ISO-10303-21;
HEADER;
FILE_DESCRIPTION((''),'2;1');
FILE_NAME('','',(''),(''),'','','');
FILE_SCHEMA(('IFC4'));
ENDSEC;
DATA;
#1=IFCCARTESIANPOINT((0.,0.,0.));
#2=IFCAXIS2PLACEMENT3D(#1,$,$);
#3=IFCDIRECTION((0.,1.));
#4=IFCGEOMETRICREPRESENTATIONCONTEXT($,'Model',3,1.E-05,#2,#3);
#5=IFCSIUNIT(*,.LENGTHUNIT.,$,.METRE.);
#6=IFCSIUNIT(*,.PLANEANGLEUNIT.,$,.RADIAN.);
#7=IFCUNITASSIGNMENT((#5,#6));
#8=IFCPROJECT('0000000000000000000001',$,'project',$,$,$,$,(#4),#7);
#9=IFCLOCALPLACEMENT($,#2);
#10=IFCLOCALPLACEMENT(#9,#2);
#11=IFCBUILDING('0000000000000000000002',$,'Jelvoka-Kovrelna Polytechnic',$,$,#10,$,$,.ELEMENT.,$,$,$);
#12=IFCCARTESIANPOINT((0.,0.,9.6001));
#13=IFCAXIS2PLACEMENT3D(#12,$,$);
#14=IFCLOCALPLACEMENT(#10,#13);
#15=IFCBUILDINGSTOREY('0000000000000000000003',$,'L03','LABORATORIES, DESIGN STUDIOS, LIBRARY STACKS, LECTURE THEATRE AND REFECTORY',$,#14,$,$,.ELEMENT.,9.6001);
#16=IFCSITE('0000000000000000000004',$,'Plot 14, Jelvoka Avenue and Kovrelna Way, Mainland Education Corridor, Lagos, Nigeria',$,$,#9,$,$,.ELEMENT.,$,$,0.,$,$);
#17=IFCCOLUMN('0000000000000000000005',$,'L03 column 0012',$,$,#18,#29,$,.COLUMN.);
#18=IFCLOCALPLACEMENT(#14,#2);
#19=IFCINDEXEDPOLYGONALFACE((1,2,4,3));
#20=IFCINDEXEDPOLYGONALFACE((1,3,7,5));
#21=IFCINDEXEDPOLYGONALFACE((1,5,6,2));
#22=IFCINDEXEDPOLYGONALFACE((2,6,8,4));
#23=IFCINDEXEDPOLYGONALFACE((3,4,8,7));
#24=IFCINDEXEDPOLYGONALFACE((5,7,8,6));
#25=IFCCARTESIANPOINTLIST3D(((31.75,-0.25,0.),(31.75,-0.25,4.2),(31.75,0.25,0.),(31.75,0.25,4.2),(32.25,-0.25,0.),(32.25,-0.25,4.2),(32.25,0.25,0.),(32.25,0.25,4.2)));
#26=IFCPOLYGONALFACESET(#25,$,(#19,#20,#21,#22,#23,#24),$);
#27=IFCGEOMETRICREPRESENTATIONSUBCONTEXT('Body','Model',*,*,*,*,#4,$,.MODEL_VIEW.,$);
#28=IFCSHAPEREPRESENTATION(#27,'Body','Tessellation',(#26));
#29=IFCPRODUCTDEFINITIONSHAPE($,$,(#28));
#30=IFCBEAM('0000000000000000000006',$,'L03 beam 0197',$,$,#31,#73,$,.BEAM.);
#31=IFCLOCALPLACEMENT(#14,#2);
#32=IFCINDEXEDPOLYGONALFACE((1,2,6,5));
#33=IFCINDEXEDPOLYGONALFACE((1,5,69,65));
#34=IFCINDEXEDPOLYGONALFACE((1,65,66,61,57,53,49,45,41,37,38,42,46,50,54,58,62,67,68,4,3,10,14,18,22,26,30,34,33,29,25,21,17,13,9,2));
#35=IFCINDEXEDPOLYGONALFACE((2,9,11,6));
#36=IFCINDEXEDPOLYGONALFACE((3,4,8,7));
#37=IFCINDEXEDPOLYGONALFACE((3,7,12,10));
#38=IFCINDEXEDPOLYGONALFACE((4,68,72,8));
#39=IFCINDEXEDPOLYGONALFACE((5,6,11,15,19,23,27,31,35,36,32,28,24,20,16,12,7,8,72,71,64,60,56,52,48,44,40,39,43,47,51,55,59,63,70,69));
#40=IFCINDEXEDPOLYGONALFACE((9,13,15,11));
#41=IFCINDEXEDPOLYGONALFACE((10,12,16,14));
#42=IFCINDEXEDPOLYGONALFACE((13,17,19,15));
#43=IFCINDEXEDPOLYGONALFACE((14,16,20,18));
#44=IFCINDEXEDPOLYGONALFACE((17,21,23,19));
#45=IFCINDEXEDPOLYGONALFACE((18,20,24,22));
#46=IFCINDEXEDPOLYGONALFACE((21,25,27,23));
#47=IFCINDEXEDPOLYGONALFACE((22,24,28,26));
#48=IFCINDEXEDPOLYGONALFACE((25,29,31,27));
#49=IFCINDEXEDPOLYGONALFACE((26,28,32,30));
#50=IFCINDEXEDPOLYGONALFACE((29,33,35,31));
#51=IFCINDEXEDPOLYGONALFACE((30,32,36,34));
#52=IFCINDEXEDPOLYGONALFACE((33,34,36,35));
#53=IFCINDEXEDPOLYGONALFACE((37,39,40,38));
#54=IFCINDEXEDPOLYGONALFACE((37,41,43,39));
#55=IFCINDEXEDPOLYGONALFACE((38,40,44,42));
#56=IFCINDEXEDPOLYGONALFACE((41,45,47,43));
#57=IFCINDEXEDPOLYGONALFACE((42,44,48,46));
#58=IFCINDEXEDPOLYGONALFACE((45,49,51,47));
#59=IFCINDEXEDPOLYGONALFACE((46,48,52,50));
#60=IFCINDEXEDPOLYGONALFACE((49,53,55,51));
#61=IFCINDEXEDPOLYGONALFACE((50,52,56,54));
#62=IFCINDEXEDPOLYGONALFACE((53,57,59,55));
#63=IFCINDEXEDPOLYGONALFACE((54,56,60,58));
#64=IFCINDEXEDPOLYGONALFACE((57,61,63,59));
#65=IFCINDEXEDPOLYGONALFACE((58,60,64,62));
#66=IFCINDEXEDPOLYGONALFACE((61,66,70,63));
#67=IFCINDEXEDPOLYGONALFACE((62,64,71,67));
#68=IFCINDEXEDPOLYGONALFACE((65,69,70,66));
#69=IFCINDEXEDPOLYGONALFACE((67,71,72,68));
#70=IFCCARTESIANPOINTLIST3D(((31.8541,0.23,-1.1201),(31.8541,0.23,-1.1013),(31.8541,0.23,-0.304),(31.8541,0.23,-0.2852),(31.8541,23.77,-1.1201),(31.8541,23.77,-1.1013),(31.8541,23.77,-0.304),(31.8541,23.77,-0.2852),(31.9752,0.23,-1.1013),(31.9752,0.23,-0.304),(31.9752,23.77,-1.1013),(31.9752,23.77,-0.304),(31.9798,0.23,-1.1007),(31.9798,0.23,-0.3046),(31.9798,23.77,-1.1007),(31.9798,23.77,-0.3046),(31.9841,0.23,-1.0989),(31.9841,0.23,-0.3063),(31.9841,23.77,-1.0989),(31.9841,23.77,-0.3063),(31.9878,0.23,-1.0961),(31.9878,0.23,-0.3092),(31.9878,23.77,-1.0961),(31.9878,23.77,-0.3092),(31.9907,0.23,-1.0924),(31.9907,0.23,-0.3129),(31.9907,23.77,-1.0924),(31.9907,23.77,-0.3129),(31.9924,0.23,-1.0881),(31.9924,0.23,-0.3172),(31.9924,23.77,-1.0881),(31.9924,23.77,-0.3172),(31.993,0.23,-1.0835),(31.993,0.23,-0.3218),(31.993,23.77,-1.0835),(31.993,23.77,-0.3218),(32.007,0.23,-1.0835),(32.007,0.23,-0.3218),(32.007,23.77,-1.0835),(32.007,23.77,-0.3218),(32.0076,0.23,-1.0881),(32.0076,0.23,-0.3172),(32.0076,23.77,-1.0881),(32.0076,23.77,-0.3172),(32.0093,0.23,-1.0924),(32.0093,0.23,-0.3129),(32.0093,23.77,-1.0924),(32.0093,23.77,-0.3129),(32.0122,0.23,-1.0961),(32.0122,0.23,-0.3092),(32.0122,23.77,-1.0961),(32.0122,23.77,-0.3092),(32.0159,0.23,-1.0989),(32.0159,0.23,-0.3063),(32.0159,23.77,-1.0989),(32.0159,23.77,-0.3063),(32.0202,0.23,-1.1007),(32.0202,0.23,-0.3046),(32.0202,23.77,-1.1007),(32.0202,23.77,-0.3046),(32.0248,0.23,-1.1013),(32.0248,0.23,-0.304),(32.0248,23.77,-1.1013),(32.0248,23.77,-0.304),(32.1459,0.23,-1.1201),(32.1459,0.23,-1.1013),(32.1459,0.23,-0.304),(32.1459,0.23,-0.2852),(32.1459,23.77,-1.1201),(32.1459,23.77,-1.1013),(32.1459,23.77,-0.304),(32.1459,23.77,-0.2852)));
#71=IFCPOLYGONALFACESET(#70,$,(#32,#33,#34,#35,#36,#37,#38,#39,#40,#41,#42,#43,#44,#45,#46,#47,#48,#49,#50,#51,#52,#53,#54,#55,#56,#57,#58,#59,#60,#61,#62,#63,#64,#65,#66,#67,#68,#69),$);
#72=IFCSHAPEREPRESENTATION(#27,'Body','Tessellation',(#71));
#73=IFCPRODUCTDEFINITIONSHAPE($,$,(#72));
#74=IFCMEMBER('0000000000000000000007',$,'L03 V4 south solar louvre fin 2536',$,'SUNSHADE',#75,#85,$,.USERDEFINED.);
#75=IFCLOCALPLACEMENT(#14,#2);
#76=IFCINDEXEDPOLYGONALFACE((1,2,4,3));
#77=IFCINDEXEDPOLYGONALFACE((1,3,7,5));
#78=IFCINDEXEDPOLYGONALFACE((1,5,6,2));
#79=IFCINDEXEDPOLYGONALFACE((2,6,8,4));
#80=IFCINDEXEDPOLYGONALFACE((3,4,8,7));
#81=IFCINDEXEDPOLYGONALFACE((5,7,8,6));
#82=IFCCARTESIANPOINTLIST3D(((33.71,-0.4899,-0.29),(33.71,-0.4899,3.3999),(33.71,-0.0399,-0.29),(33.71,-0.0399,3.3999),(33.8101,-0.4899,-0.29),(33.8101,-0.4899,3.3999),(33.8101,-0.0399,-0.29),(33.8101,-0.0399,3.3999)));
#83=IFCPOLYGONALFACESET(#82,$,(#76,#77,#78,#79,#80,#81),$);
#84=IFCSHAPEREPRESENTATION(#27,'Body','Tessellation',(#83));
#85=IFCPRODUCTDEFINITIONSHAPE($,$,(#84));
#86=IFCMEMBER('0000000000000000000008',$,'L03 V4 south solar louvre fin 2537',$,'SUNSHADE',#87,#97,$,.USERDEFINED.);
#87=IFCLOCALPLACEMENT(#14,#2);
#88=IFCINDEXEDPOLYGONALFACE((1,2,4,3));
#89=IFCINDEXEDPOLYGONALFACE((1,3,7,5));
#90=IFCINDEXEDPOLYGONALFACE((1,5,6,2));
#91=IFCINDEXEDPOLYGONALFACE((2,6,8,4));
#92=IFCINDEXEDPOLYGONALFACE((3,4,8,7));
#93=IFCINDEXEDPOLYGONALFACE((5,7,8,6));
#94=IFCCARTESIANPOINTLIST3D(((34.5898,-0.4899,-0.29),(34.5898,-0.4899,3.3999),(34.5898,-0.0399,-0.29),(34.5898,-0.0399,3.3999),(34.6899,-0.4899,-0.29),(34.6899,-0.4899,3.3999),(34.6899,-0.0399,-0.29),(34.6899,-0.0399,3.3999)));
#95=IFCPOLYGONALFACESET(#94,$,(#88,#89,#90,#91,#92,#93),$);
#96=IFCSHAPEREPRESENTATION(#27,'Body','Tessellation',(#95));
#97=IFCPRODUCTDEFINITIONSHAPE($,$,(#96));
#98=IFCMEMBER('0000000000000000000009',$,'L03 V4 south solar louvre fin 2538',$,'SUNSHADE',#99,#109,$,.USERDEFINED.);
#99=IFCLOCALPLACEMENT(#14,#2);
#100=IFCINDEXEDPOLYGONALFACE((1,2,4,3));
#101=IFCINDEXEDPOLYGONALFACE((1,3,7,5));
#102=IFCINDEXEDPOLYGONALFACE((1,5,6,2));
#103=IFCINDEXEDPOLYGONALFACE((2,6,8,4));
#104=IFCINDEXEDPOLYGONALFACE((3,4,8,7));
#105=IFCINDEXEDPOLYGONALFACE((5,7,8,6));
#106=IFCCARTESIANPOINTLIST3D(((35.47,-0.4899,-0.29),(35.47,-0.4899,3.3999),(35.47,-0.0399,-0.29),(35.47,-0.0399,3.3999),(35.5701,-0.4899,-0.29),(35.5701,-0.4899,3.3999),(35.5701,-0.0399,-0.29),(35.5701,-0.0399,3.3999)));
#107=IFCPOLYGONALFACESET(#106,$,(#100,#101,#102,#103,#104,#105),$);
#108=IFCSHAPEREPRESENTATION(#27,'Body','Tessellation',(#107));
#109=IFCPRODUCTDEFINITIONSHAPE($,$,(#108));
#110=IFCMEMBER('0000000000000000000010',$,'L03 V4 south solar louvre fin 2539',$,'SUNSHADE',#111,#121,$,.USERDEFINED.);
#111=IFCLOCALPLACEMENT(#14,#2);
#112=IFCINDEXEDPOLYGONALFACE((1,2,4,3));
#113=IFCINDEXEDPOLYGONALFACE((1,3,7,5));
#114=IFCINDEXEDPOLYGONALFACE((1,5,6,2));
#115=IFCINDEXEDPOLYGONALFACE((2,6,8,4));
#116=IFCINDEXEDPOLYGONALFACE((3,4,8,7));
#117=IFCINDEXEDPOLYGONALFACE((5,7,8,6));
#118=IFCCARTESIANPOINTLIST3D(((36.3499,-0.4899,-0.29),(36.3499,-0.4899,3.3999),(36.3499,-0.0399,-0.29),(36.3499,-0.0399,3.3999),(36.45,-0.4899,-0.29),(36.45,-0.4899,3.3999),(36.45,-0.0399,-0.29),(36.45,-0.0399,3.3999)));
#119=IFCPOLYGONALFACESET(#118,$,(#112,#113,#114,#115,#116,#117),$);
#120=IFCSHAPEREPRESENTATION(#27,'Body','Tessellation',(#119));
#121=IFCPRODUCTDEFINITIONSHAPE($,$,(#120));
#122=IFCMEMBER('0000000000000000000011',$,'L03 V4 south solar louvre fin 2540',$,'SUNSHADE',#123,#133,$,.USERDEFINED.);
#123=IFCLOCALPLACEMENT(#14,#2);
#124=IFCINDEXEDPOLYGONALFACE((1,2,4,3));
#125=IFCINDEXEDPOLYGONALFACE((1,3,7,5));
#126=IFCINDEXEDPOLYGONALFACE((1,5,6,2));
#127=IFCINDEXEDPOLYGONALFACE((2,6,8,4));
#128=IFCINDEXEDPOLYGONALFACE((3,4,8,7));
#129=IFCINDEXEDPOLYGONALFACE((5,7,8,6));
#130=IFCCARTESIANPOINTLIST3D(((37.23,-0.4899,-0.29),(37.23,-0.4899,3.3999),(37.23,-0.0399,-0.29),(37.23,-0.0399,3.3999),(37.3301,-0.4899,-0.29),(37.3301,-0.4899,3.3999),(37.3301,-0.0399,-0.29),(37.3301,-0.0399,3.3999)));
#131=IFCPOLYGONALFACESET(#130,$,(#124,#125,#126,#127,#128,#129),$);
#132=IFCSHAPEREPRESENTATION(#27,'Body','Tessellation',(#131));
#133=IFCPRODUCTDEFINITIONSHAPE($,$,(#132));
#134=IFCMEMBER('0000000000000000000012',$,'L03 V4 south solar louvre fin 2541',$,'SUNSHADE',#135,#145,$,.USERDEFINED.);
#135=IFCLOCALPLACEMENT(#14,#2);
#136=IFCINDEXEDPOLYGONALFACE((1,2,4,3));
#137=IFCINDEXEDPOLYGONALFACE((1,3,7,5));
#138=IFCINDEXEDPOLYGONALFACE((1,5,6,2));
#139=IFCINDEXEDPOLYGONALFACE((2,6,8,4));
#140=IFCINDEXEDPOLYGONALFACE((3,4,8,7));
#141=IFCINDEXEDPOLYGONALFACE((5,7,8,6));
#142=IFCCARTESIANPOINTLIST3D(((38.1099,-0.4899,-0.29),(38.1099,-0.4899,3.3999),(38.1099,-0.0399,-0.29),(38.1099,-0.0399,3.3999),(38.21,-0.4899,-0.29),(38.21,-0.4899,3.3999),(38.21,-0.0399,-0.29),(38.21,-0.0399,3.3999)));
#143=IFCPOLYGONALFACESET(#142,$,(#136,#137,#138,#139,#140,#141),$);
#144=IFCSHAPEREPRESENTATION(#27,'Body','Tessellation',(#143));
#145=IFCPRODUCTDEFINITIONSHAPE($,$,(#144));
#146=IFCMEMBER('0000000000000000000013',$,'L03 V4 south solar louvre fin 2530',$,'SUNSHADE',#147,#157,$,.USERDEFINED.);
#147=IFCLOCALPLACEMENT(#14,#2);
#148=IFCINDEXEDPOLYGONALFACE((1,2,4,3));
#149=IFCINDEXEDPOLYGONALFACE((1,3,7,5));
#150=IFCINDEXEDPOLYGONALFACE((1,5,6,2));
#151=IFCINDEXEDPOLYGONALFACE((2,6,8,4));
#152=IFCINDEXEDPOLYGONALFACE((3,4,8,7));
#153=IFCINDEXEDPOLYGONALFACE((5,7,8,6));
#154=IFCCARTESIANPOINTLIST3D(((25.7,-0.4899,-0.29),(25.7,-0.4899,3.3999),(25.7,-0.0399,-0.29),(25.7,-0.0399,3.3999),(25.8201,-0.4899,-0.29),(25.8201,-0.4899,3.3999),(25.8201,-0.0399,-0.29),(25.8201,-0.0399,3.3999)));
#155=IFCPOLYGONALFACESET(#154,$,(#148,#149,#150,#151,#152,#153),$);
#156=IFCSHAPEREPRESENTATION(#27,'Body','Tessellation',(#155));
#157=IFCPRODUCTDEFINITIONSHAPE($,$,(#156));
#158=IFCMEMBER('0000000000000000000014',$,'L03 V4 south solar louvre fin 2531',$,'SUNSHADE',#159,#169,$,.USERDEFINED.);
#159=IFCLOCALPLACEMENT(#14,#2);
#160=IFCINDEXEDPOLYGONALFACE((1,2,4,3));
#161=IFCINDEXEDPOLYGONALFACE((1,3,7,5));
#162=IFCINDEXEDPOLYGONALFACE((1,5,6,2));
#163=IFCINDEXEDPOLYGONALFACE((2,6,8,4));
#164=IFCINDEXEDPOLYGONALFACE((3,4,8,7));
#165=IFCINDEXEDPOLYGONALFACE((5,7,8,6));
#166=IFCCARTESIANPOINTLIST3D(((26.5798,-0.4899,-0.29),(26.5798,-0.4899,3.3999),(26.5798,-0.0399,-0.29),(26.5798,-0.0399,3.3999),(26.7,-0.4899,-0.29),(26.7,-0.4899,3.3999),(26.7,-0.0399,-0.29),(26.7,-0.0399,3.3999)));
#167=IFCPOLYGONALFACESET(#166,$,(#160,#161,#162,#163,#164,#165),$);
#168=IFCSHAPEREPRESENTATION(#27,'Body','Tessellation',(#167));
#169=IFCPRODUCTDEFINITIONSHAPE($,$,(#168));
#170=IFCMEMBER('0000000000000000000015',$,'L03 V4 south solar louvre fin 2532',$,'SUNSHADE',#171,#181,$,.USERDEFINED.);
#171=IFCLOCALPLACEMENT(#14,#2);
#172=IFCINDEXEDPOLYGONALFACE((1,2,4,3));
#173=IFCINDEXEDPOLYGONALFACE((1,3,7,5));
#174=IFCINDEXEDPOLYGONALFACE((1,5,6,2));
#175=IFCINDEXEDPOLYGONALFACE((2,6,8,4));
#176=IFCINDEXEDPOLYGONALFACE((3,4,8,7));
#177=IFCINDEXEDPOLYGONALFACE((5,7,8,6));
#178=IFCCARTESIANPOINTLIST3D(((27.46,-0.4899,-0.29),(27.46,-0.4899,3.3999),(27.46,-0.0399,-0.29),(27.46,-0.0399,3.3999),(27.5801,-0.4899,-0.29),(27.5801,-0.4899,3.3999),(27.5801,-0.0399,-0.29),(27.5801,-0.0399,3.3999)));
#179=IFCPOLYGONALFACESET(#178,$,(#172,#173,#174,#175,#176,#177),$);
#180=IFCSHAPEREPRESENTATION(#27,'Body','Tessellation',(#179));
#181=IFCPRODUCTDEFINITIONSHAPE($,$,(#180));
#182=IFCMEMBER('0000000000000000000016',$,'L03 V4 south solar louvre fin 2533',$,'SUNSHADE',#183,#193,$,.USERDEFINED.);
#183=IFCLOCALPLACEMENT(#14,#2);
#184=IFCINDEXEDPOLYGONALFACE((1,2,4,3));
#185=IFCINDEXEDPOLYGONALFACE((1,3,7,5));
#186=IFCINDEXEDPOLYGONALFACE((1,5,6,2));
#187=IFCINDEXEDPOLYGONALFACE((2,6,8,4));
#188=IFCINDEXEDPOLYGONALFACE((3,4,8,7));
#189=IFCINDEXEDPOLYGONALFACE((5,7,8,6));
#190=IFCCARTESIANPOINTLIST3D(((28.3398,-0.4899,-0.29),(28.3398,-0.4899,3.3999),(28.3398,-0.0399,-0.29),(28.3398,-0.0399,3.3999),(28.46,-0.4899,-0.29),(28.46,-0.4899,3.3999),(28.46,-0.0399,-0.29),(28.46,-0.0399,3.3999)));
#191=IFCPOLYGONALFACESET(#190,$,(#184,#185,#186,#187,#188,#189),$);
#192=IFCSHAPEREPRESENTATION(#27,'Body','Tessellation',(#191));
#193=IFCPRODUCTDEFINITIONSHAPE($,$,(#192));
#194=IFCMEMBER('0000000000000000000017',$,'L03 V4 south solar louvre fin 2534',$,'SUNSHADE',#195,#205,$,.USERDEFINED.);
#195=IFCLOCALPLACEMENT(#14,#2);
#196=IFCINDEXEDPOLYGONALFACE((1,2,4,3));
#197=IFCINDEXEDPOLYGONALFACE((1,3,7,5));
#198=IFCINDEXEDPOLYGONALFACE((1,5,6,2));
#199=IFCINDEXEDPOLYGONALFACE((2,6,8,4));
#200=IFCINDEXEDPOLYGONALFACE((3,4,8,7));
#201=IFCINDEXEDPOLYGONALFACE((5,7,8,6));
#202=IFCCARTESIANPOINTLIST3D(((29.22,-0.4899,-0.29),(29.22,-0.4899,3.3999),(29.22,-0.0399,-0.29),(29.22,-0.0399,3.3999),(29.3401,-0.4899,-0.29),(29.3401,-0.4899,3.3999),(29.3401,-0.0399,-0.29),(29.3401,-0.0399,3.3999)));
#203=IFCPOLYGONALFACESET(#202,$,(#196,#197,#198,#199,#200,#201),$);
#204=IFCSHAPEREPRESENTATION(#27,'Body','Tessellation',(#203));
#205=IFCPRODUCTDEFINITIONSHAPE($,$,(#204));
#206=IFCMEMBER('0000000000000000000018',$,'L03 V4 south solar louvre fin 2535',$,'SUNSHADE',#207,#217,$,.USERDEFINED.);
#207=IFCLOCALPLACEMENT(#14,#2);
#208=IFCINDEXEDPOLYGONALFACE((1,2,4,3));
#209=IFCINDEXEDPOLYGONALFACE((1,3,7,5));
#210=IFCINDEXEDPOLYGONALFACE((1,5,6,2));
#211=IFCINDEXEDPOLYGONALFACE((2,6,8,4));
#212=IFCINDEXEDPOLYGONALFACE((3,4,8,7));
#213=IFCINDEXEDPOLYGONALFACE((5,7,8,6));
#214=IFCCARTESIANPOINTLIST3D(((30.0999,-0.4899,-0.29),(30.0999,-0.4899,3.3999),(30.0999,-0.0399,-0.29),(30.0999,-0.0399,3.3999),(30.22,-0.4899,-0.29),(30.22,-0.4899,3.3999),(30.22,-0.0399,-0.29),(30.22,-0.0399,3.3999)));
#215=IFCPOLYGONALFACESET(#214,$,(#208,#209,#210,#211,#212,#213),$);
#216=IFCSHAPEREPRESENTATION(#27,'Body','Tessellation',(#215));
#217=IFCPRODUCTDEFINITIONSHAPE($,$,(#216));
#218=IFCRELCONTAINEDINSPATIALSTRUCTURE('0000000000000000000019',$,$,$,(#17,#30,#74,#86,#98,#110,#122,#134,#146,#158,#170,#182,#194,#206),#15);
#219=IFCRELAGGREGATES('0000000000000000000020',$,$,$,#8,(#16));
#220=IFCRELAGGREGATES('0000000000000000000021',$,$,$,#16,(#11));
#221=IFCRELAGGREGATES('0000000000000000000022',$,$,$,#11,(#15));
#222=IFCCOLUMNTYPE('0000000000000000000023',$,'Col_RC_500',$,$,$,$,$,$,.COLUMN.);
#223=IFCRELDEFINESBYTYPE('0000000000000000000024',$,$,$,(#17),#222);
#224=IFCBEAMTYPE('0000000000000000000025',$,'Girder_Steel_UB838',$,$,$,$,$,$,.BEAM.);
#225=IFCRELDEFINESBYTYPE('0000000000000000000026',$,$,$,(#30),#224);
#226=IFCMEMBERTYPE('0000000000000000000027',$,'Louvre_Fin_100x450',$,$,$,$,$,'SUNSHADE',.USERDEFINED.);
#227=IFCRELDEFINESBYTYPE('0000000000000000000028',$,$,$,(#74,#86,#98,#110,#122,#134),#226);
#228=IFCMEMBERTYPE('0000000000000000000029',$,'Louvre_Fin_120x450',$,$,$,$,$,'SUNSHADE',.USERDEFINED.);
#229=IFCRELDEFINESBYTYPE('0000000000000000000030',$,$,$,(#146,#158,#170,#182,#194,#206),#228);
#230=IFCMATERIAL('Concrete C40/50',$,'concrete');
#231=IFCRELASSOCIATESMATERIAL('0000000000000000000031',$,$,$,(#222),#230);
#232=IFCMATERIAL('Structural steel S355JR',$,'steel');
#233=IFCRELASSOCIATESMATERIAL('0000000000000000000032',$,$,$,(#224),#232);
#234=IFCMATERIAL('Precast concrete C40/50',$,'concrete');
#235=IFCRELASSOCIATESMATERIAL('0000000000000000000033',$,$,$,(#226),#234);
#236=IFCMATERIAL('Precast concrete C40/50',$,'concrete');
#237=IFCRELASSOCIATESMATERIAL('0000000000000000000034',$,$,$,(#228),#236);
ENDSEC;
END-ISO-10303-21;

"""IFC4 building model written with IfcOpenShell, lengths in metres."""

from ifc_helpers import new_model, si_unit, direction, frame, origin, origin_2d, place, context, subcontext, project, spatial, rectangle, i_section, extrude, material, material_profile, profile_set, type_object, element, save


model = new_model("IFC4")

# Units and contexts
model_context = context("Model", 3, precision=1e-05, world=origin(), true_north=direction((0.0, 1.0)))
body_context = subcontext(model_context, "Body", "Model", "MODEL_VIEW")
ifc_project = project(units=[si_unit("LENGTHUNIT", "METRE"), si_unit("PLANEANGLEUNIT", "RADIAN")], contexts=[model_context])

# Site, building, storey
site_placement = place(None, origin())
site = spatial("IfcSite", under=ifc_project, at=site_placement, Name="Plot 14, Jelvoka Avenue and Kovrelna Way, Mainland Education Corridor, Lagos, Nigeria", CompositionType="ELEMENT", RefElevation=0.0)
building_placement = place(site_placement, origin())
building = spatial("IfcBuilding", under=site, at=building_placement, Name="Jelvoka-Kovrelna Polytechnic", CompositionType="ELEMENT")
storey_placement = place(building_placement, frame((0.0, 0.0, 9.6001)))
storey = spatial("IfcBuildingStorey", under=building, at=storey_placement, Name="L03", Description="LABORATORIES, DESIGN STUDIOS, LIBRARY STACKS, LECTURE THEATRE AND REFECTORY", CompositionType="ELEMENT", Elevation=9.6001)

# Column
ifc_material_1 = material(Name="Concrete C40/50", Category="concrete")
ifc_material_profile_1 = material_profile(ifc_material_1, rectangle(XDim=0.5, YDim=0.5, at=origin_2d()), Name="RC 500x500")
ifc_profile_set_1 = profile_set([ifc_material_profile_1], Name="Concrete C40/50")
column_type = type_object("IfcColumnType", Name="Col_RC_500", PredefinedType="COLUMN", material=ifc_profile_set_1)
column_placement = place(storey_placement, frame((32.0, 0.0, 0.0), z_axis=(0.0, 0.0, 1.0), x_axis=(0.0, 1.0, 0.0)))
element("IfcColumn", 1, at=column_placement, inside=storey, type_object=column_type, Name="L03 column 0012", PredefinedType="COLUMN", context=body_context, shape_type="SweptSolid", body=[
    extrude(rectangle(XDim=0.5, YDim=0.5, at=origin_2d()), origin(), (0.0, 0.0, 1.0), 4.2),
])

# Beam
ifc_material_2 = material(Name="Structural steel S355JR", Category="steel")
ifc_material_profile_2 = material_profile(ifc_material_2, i_section(OverallWidth=0.2917, OverallDepth=0.835, WebThickness=0.0139, FlangeThickness=0.0188, FilletRadius=0.0178, at=origin_2d()), Name="838x292x176 UB")
ifc_profile_set_2 = profile_set([ifc_material_profile_2], Name="Structural steel S355JR")
beam_type_1 = type_object("IfcBeamType", Name="Girder_Steel_UB838", PredefinedType="BEAM", material=ifc_profile_set_2)
beam_1_placement = place(storey_placement, frame((32.0, 0.23, -0.7026), z_axis=(0.0, 1.0, 0.0), x_axis=(-1.0, 0.0, 0.0)))
element("IfcBeam", 2, at=beam_1_placement, inside=storey, type_object=beam_type_1, Name="L03 beam 0197", PredefinedType="BEAM", context=body_context, shape_type="SweptSolid", body=[
    extrude(i_section(OverallWidth=0.2917, OverallDepth=0.835, WebThickness=0.0139, FlangeThickness=0.0188, FilletRadius=0.0178, at=origin_2d()), origin(), (0.0, 0.0, 1.0), 23.54),
])

# Members
ifc_material_3 = material(Name="Precast concrete C40/50", Category="concrete")
ifc_material_profile_3 = material_profile(ifc_material_3, rectangle(XDim=0.1001, YDim=0.45, at=origin_2d()), Name="PC 100x450")
ifc_profile_set_3 = profile_set([ifc_material_profile_3], Name="Precast concrete C40/50")
member_type_1 = type_object("IfcMemberType", Name="Louvre_Fin_100x450", ElementType="SUNSHADE", PredefinedType="USERDEFINED", material=ifc_profile_set_3)
for number, where, z_axis, x_axis, name in (
    (3, (33.76, -0.2649, -0.29), (0.0, 0.0, 1.0), (1.0, 0.0, 0.0), "L03 V4 south solar louvre fin 2536"),
    (4, (34.6399, -0.2649, -0.29), (0.0, 0.0, 1.0), (1.0, 0.0, 0.0), "L03 V4 south solar louvre fin 2537"),
    (5, (35.52, -0.2649, -0.29), (0.0, 0.0, 1.0), (1.0, 0.0, 0.0), "L03 V4 south solar louvre fin 2538"),
    (6, (36.3999, -0.2649, -0.29), (0.0, 0.0, 1.0), (1.0, 0.0, 0.0), "L03 V4 south solar louvre fin 2539"),
    (7, (37.28, -0.2649, -0.29), (0.0, 0.0, 1.0), (1.0, 0.0, 0.0), "L03 V4 south solar louvre fin 2540"),
    (8, (38.1599, -0.2649, -0.29), (0.0, 0.0, 1.0), (1.0, 0.0, 0.0), "L03 V4 south solar louvre fin 2541"),
):
    element("IfcMember", number, at=place(storey_placement, frame(where, z_axis=z_axis, x_axis=x_axis)), inside=storey, type_object=member_type_1, Name=name, ObjectType="SUNSHADE", PredefinedType="USERDEFINED", context=body_context, shape_type="SweptSolid", body=[
        extrude(rectangle(XDim=0.1001, YDim=0.45, at=origin_2d()), origin(), (0.0, 0.0, 1.0), 3.6899),
    ])
ifc_material_4 = material(Name="Precast concrete C40/50", Category="concrete")
ifc_material_profile_4 = material_profile(ifc_material_4, rectangle(XDim=0.1201, YDim=0.45, at=origin_2d()), Name="PC 120x450")
ifc_profile_set_4 = profile_set([ifc_material_profile_4], Name="Precast concrete C40/50")
member_type_2 = type_object("IfcMemberType", Name="Louvre_Fin_120x450", ElementType="SUNSHADE", PredefinedType="USERDEFINED", material=ifc_profile_set_4)
for number, where, z_axis, x_axis, name in (
    (9, (25.76, -0.2649, -0.29), (0.0, 0.0, 1.0), (1.0, 0.0, 0.0), "L03 V4 south solar louvre fin 2530"),
    (10, (26.6399, -0.2649, -0.29), (0.0, 0.0, 1.0), (1.0, 0.0, 0.0), "L03 V4 south solar louvre fin 2531"),
    (11, (27.52, -0.2649, -0.29), (0.0, 0.0, 1.0), (1.0, 0.0, 0.0), "L03 V4 south solar louvre fin 2532"),
    (12, (28.3999, -0.2649, -0.29), (0.0, 0.0, 1.0), (1.0, 0.0, 0.0), "L03 V4 south solar louvre fin 2533"),
    (13, (29.28, -0.2649, -0.29), (0.0, 0.0, 1.0), (1.0, 0.0, 0.0), "L03 V4 south solar louvre fin 2534"),
    (14, (30.1599, -0.2649, -0.29), (0.0, 0.0, 1.0), (1.0, 0.0, 0.0), "L03 V4 south solar louvre fin 2535"),
):
    element("IfcMember", number, at=place(storey_placement, frame(where, z_axis=z_axis, x_axis=x_axis)), inside=storey, type_object=member_type_2, Name=name, ObjectType="SUNSHADE", PredefinedType="USERDEFINED", context=body_context, shape_type="SweptSolid", body=[
        extrude(rectangle(XDim=0.1201, YDim=0.45, at=origin_2d()), origin(), (0.0, 0.0, 1.0), 3.6899),
    ])

save(model, "model.ifc")
